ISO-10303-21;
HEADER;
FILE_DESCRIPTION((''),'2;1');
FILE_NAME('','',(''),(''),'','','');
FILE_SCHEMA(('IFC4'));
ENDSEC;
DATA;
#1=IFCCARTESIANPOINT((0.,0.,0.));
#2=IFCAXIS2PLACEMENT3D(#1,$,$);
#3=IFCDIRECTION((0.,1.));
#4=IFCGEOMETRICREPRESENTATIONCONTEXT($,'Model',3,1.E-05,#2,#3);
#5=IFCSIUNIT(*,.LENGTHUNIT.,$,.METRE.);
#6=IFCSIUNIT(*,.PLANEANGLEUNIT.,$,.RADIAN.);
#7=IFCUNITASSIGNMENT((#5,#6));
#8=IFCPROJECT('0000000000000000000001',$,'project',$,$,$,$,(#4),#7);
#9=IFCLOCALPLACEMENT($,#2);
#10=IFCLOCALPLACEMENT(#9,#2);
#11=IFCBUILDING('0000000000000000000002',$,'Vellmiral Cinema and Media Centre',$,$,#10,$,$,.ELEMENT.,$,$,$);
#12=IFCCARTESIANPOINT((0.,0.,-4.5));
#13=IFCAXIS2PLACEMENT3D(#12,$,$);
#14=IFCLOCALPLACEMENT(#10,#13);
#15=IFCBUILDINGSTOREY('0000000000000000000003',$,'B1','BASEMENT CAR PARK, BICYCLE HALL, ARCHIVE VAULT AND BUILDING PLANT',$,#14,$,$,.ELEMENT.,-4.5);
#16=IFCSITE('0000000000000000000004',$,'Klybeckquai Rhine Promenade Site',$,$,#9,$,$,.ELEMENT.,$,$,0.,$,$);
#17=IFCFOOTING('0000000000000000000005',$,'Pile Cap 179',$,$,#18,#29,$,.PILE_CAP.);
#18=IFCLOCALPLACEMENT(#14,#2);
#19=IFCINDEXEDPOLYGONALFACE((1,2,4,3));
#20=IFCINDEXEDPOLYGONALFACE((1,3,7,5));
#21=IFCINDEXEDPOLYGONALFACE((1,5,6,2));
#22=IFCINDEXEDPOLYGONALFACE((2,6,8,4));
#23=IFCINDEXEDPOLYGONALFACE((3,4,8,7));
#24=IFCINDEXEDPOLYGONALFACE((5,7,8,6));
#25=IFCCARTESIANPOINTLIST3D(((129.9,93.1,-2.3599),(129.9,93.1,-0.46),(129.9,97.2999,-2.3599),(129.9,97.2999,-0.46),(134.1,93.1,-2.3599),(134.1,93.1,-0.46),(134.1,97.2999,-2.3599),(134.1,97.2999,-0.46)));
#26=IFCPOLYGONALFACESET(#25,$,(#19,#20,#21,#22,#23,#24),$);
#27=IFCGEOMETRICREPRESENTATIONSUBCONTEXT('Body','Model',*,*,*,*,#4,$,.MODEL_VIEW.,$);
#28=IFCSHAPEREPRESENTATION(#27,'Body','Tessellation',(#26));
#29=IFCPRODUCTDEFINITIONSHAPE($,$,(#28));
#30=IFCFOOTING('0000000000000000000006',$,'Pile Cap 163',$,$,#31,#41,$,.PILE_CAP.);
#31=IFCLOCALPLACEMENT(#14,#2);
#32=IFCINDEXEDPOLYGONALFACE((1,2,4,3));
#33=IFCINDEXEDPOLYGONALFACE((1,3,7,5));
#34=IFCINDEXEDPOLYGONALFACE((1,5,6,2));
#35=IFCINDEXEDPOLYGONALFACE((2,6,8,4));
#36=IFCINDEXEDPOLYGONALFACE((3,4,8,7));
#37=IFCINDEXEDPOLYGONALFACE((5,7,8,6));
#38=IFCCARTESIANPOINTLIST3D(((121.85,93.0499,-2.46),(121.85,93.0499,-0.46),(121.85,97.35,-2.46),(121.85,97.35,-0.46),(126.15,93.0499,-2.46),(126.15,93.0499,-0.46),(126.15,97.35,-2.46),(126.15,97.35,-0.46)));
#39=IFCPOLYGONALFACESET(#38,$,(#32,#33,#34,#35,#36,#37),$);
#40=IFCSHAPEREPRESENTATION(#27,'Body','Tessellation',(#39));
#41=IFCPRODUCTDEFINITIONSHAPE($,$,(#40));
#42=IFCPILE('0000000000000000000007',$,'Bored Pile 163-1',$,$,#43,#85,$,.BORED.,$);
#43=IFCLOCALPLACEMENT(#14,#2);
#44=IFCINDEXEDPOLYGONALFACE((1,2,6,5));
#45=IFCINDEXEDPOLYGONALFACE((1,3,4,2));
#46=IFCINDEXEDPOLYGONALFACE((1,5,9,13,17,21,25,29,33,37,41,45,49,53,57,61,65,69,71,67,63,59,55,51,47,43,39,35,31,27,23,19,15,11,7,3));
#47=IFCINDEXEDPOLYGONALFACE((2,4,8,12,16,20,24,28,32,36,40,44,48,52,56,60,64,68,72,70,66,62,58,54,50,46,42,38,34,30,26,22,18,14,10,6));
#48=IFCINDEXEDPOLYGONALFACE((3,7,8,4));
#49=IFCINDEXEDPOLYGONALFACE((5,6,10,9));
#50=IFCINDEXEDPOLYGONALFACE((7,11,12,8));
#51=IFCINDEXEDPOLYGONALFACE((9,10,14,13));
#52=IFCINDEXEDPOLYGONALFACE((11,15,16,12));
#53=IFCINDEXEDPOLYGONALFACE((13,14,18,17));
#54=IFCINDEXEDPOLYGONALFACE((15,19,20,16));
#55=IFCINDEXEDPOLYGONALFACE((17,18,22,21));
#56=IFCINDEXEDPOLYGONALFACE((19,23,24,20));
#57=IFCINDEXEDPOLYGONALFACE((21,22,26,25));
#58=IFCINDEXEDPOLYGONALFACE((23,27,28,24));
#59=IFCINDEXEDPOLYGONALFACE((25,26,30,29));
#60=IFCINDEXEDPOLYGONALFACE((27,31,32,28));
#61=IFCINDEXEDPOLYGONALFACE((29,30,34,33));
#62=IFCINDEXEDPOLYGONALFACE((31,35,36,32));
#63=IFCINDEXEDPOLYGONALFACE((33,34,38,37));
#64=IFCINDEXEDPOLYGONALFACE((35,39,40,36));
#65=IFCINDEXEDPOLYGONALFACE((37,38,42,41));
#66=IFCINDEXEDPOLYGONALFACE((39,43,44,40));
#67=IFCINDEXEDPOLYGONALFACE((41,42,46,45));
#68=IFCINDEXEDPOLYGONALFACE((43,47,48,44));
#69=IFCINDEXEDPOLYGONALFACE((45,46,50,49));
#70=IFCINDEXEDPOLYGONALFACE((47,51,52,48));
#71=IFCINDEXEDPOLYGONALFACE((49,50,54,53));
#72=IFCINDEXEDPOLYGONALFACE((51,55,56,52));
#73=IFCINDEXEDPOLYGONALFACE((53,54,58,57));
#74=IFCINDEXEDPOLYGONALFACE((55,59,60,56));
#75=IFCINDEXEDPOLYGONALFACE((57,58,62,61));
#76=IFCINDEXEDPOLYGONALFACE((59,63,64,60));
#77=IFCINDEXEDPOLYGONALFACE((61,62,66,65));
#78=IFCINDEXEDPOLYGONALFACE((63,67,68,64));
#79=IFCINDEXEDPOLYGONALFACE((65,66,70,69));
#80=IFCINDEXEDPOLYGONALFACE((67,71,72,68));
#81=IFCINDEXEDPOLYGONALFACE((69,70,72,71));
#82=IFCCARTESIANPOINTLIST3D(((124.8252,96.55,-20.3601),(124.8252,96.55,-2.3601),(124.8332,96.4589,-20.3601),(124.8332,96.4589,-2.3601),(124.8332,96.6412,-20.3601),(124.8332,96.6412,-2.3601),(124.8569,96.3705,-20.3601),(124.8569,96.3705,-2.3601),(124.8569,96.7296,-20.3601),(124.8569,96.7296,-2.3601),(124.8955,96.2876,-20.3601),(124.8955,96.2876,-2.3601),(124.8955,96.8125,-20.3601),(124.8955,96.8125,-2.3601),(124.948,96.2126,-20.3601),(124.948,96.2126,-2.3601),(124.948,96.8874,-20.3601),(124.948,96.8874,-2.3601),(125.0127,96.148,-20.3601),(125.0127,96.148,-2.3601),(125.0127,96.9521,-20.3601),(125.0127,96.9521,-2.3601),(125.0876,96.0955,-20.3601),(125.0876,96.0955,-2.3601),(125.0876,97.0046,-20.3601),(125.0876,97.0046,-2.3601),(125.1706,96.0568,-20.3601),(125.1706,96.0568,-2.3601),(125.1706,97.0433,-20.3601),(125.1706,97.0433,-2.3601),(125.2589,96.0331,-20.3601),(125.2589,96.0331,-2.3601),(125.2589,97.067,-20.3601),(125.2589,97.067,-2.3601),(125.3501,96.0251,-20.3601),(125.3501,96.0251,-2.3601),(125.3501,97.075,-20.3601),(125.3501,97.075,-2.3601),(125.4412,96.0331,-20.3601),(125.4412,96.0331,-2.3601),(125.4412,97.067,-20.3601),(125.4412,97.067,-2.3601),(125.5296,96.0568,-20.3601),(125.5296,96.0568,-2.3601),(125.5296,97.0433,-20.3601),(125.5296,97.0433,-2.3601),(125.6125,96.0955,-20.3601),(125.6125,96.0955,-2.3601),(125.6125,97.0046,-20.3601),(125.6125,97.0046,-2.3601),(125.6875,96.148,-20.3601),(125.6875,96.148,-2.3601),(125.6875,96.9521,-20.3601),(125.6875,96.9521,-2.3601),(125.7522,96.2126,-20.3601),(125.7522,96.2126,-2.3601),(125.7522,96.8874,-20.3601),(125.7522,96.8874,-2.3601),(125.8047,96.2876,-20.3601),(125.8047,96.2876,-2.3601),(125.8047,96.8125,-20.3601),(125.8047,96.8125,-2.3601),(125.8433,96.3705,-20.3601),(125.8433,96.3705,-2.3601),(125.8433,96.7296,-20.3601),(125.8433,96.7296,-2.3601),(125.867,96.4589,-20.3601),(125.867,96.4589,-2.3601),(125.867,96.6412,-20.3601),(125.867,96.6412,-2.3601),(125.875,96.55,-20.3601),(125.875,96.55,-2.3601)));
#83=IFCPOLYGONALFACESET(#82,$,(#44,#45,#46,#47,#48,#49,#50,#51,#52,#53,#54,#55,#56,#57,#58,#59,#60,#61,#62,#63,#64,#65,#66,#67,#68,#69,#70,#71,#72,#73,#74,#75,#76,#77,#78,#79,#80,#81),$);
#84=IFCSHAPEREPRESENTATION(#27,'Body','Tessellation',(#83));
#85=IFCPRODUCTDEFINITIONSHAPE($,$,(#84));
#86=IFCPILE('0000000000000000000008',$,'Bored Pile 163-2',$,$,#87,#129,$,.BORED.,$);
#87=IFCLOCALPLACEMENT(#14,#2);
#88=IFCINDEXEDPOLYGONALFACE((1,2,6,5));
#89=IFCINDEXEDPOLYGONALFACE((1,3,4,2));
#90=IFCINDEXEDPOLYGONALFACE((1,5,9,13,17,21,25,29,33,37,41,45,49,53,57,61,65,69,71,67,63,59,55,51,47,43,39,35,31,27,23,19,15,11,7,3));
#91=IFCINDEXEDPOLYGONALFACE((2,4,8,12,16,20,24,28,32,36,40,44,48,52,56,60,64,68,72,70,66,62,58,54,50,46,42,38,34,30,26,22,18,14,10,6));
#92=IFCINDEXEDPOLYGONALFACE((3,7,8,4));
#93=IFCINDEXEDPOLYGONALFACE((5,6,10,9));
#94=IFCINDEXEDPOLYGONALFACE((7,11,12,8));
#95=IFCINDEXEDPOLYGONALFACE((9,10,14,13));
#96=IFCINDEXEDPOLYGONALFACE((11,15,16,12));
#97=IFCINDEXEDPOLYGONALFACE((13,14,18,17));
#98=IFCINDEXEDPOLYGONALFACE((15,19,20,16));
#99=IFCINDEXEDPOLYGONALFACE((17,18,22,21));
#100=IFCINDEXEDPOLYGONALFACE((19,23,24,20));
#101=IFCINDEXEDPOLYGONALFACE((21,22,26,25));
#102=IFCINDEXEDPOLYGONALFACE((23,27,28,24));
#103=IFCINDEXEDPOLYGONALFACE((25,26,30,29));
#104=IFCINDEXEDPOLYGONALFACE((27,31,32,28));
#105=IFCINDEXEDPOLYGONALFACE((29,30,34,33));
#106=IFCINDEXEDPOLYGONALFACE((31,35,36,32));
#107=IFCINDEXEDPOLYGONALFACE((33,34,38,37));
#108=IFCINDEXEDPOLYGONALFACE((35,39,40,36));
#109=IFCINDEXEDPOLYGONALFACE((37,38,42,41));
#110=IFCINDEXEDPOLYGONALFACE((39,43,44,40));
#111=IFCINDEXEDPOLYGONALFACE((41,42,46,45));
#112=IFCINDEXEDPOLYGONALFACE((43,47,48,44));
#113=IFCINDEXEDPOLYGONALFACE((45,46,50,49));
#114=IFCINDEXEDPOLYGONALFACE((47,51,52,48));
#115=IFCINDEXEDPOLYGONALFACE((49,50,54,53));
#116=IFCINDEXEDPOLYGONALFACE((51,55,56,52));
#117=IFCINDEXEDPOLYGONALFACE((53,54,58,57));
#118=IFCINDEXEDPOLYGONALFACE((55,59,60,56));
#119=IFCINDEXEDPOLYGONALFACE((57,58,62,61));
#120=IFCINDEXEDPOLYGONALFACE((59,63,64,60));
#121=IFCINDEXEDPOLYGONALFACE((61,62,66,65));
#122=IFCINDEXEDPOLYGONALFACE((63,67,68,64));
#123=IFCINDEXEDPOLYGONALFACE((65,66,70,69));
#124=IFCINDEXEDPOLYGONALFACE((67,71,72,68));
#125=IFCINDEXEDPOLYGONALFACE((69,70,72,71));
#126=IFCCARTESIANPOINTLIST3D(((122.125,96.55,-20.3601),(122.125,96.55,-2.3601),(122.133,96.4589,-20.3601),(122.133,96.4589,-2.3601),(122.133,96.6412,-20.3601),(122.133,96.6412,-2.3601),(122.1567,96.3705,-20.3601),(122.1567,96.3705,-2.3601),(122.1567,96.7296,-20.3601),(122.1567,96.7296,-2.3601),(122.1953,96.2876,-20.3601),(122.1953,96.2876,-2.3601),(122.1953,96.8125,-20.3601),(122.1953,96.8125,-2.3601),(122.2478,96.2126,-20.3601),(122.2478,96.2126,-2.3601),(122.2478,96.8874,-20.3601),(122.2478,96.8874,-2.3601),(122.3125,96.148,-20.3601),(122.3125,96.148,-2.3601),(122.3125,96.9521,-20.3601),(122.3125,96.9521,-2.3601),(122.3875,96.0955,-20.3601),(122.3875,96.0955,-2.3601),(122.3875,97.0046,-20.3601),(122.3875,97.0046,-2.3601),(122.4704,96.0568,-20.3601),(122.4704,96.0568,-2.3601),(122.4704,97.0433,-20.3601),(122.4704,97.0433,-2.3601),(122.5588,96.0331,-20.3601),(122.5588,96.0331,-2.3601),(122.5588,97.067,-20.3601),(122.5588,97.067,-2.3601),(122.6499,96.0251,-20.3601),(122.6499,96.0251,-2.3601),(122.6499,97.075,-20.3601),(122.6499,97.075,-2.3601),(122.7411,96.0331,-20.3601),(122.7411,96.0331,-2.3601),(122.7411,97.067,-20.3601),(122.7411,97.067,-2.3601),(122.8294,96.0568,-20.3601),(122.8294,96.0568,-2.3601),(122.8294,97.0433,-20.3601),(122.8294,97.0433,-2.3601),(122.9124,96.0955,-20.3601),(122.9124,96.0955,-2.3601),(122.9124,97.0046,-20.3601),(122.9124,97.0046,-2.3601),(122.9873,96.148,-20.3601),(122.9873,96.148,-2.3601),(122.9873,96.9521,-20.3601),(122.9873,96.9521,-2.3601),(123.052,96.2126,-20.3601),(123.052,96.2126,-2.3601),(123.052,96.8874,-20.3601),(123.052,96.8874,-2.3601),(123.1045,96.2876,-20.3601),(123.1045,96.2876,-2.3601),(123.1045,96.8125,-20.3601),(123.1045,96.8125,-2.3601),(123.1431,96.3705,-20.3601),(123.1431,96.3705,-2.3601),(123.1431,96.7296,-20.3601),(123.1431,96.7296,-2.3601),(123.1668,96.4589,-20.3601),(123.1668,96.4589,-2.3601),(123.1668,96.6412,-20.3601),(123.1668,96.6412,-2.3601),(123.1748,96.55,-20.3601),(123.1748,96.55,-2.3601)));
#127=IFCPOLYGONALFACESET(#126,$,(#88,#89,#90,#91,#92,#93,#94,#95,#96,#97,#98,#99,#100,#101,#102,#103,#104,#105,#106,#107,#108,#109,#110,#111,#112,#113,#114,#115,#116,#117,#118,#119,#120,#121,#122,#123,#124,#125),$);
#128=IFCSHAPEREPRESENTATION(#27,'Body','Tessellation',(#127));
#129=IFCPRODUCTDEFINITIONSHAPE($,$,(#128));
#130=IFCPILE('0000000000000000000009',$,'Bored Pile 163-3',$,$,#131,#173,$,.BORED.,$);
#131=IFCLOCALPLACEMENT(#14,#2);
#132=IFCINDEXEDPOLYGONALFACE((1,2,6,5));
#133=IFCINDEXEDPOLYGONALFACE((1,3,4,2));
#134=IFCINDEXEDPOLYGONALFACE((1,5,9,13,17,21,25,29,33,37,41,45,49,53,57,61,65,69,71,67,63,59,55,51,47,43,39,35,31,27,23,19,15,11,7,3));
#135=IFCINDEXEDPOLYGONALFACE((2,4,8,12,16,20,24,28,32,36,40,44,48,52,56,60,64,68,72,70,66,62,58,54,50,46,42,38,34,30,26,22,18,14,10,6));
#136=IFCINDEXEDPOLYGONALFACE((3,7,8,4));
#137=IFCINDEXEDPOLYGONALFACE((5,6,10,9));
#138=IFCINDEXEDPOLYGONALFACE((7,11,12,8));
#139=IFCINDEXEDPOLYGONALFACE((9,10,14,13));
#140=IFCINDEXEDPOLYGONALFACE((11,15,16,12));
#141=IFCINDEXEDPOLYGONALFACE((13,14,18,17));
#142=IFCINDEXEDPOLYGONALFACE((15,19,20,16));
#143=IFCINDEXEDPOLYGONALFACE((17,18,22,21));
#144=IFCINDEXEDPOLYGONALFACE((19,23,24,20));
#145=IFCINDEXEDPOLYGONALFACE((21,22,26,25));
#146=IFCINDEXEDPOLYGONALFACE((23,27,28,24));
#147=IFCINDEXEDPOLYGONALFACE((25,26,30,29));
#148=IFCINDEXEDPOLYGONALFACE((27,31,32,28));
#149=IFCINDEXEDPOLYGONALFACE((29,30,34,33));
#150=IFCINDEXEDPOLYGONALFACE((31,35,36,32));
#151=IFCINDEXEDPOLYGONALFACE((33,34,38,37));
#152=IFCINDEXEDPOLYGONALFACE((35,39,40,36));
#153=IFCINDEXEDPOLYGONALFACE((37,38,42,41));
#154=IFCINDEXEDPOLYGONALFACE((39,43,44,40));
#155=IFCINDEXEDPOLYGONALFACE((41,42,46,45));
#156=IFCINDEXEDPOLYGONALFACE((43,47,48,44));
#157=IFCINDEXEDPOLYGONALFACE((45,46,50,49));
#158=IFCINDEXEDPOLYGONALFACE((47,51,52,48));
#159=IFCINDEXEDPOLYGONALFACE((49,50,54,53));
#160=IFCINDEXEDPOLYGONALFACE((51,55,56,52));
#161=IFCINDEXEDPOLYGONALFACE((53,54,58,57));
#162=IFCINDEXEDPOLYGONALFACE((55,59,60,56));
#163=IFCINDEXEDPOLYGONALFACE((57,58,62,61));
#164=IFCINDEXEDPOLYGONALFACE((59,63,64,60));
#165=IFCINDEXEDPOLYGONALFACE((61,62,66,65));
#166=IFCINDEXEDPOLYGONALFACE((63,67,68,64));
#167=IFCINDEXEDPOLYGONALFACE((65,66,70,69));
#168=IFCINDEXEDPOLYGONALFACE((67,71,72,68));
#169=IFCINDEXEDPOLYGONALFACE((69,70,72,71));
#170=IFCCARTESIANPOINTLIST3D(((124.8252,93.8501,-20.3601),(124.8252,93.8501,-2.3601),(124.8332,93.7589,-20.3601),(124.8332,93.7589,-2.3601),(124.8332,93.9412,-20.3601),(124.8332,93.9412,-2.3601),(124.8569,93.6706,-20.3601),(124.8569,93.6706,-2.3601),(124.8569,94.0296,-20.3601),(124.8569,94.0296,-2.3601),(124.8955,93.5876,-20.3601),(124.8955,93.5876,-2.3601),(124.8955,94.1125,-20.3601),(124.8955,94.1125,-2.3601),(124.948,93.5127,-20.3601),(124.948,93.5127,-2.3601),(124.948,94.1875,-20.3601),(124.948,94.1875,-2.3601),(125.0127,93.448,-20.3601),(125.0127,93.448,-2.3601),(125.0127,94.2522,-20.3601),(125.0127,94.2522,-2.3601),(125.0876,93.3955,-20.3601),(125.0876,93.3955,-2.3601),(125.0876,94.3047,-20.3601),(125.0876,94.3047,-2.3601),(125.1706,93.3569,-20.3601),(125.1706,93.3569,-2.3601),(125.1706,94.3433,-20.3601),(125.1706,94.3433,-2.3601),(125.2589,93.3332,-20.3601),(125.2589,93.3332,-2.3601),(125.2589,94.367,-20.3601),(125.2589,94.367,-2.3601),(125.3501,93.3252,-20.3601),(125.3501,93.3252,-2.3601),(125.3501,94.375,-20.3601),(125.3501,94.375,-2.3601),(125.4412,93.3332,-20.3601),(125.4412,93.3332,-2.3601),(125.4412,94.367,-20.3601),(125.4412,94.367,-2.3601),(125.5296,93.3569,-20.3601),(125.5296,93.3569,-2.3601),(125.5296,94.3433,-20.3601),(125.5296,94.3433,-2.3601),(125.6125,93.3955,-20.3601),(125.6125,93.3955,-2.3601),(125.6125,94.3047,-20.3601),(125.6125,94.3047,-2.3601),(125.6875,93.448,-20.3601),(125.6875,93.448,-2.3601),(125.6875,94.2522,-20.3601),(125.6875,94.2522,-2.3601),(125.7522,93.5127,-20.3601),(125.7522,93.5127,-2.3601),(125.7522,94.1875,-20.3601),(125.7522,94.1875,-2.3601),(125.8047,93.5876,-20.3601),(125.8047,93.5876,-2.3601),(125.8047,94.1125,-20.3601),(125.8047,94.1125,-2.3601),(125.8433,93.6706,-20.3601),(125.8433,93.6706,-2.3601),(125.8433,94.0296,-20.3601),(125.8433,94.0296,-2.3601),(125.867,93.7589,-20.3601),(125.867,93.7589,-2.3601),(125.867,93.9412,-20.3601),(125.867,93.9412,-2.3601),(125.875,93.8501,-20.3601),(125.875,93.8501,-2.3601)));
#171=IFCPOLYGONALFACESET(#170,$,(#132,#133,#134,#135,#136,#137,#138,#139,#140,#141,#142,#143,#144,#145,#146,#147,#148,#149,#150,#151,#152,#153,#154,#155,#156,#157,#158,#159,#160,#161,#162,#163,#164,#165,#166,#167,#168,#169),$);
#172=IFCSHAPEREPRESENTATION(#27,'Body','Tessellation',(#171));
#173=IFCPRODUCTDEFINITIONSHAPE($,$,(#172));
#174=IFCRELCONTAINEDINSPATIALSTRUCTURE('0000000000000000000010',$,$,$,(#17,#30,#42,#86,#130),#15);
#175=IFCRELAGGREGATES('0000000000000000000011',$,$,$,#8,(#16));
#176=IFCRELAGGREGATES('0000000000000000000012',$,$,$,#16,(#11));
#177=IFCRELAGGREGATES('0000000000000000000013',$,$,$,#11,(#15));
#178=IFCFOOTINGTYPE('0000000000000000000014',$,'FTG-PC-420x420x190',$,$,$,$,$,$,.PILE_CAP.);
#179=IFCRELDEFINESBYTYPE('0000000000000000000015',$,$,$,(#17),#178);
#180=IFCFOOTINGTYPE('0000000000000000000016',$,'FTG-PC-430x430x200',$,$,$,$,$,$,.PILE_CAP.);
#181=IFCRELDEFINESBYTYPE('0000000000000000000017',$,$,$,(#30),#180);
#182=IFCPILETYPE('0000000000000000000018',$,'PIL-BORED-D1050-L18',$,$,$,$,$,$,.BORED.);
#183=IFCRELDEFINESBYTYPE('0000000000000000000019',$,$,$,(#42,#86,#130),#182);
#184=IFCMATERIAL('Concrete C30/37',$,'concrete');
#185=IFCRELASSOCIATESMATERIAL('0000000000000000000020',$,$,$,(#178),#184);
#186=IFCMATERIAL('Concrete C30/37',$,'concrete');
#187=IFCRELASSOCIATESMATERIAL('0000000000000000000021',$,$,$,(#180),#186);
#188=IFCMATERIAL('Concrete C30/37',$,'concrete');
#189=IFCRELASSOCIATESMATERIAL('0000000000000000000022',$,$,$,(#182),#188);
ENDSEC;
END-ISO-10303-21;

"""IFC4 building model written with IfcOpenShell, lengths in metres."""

from ifc_helpers import new_model, si_unit, direction, frame, origin, origin_2d, place, context, subcontext, project, spatial, rectangle, circle, extrude, material, material_profile, profile_set, type_object, element, save


model = new_model("IFC4")

# Units and contexts
model_context = context("Model", 3, precision=1e-05, world=origin(), true_north=direction((0.0, 1.0)))
body_context = subcontext(model_context, "Body", "Model", "MODEL_VIEW")
ifc_project = project(units=[si_unit("LENGTHUNIT", "METRE"), si_unit("PLANEANGLEUNIT", "RADIAN")], contexts=[model_context])

# Site, building, storey
site_placement = place(None, origin())
site = spatial("IfcSite", under=ifc_project, at=site_placement, Name="Klybeckquai Rhine Promenade Site", CompositionType="ELEMENT", RefElevation=0.0)
building_placement = place(site_placement, origin())
building = spatial("IfcBuilding", under=site, at=building_placement, Name="Vellmiral Cinema and Media Centre", CompositionType="ELEMENT")
storey_placement = place(building_placement, frame((0.0, 0.0, -4.5)))
storey = spatial("IfcBuildingStorey", under=building, at=storey_placement, Name="B1", Description="BASEMENT CAR PARK, BICYCLE HALL, ARCHIVE VAULT AND BUILDING PLANT", CompositionType="ELEMENT", Elevation=-4.5)

# Footings
ifc_material_1 = material(Name="Concrete C30/37", Category="concrete")
footing_type_1 = type_object("IfcFootingType", Name="FTG-PC-420x420x190", PredefinedType="PILE_CAP", material=ifc_material_1)
footing_1_placement = place(storey_placement, frame((132.0, 95.2, -2.3599), z_axis=(0.0, 0.0, 1.0), x_axis=(1.0, 0.0, 0.0)))
element("IfcFooting", 1, at=footing_1_placement, inside=storey, type_object=footing_type_1, Name="Pile Cap 179", PredefinedType="PILE_CAP", context=body_context, shape_type="SweptSolid", body=[
    extrude(rectangle(XDim=4.2, YDim=4.2, at=origin_2d()), origin(), (0.0, 0.0, 1.0), 1.8999),
])
ifc_material_2 = material(Name="Concrete C30/37", Category="concrete")
footing_type_2 = type_object("IfcFootingType", Name="FTG-PC-430x430x200", PredefinedType="PILE_CAP", material=ifc_material_2)
footing_2_placement = place(storey_placement, frame((124.0, 95.2, -2.46), z_axis=(0.0, 0.0, 1.0), x_axis=(1.0, 0.0, 0.0)))
element("IfcFooting", 2, at=footing_2_placement, inside=storey, type_object=footing_type_2, Name="Pile Cap 163", PredefinedType="PILE_CAP", context=body_context, shape_type="SweptSolid", body=[
    extrude(rectangle(XDim=4.3, YDim=4.3, at=origin_2d()), origin(), (0.0, 0.0, 1.0), 2.0),
])

# Piles
ifc_material_3 = material(Name="Concrete C30/37", Category="concrete")
ifc_material_profile_1 = material_profile(ifc_material_3, circle(Radius=0.5249, at=origin_2d()), Name="PILE D1050")
ifc_profile_set_1 = profile_set([ifc_material_profile_1], Name="Concrete C30/37")
pile_type_1 = type_object("IfcPileType", Name="PIL-BORED-D1050-L18", PredefinedType="BORED", material=ifc_profile_set_1)
for number, where, z_axis, x_axis, name in (
    (3, (125.3501, 96.55, -2.3601), (0.0, 0.0, -1.0), (1.0, 0.0, 0.0), "Bored Pile 163-1"),
    (4, (122.6499, 96.55, -2.3601), (0.0, 0.0, -1.0), (1.0, 0.0, 0.0), "Bored Pile 163-2"),
    (5, (125.3501, 93.8501, -2.3601), (0.0, 0.0, -1.0), (1.0, 0.0, 0.0), "Bored Pile 163-3"),
):
    element("IfcPile", number, at=place(storey_placement, frame(where, z_axis=z_axis, x_axis=x_axis)), inside=storey, type_object=pile_type_1, Name=name, PredefinedType="BORED", context=body_context, shape_type="SweptSolid", body=[
        extrude(circle(Radius=0.5249, at=origin_2d()), origin(), (0.0, 0.0, 1.0), 18.0),
    ])

save(model, "model.ifc")
